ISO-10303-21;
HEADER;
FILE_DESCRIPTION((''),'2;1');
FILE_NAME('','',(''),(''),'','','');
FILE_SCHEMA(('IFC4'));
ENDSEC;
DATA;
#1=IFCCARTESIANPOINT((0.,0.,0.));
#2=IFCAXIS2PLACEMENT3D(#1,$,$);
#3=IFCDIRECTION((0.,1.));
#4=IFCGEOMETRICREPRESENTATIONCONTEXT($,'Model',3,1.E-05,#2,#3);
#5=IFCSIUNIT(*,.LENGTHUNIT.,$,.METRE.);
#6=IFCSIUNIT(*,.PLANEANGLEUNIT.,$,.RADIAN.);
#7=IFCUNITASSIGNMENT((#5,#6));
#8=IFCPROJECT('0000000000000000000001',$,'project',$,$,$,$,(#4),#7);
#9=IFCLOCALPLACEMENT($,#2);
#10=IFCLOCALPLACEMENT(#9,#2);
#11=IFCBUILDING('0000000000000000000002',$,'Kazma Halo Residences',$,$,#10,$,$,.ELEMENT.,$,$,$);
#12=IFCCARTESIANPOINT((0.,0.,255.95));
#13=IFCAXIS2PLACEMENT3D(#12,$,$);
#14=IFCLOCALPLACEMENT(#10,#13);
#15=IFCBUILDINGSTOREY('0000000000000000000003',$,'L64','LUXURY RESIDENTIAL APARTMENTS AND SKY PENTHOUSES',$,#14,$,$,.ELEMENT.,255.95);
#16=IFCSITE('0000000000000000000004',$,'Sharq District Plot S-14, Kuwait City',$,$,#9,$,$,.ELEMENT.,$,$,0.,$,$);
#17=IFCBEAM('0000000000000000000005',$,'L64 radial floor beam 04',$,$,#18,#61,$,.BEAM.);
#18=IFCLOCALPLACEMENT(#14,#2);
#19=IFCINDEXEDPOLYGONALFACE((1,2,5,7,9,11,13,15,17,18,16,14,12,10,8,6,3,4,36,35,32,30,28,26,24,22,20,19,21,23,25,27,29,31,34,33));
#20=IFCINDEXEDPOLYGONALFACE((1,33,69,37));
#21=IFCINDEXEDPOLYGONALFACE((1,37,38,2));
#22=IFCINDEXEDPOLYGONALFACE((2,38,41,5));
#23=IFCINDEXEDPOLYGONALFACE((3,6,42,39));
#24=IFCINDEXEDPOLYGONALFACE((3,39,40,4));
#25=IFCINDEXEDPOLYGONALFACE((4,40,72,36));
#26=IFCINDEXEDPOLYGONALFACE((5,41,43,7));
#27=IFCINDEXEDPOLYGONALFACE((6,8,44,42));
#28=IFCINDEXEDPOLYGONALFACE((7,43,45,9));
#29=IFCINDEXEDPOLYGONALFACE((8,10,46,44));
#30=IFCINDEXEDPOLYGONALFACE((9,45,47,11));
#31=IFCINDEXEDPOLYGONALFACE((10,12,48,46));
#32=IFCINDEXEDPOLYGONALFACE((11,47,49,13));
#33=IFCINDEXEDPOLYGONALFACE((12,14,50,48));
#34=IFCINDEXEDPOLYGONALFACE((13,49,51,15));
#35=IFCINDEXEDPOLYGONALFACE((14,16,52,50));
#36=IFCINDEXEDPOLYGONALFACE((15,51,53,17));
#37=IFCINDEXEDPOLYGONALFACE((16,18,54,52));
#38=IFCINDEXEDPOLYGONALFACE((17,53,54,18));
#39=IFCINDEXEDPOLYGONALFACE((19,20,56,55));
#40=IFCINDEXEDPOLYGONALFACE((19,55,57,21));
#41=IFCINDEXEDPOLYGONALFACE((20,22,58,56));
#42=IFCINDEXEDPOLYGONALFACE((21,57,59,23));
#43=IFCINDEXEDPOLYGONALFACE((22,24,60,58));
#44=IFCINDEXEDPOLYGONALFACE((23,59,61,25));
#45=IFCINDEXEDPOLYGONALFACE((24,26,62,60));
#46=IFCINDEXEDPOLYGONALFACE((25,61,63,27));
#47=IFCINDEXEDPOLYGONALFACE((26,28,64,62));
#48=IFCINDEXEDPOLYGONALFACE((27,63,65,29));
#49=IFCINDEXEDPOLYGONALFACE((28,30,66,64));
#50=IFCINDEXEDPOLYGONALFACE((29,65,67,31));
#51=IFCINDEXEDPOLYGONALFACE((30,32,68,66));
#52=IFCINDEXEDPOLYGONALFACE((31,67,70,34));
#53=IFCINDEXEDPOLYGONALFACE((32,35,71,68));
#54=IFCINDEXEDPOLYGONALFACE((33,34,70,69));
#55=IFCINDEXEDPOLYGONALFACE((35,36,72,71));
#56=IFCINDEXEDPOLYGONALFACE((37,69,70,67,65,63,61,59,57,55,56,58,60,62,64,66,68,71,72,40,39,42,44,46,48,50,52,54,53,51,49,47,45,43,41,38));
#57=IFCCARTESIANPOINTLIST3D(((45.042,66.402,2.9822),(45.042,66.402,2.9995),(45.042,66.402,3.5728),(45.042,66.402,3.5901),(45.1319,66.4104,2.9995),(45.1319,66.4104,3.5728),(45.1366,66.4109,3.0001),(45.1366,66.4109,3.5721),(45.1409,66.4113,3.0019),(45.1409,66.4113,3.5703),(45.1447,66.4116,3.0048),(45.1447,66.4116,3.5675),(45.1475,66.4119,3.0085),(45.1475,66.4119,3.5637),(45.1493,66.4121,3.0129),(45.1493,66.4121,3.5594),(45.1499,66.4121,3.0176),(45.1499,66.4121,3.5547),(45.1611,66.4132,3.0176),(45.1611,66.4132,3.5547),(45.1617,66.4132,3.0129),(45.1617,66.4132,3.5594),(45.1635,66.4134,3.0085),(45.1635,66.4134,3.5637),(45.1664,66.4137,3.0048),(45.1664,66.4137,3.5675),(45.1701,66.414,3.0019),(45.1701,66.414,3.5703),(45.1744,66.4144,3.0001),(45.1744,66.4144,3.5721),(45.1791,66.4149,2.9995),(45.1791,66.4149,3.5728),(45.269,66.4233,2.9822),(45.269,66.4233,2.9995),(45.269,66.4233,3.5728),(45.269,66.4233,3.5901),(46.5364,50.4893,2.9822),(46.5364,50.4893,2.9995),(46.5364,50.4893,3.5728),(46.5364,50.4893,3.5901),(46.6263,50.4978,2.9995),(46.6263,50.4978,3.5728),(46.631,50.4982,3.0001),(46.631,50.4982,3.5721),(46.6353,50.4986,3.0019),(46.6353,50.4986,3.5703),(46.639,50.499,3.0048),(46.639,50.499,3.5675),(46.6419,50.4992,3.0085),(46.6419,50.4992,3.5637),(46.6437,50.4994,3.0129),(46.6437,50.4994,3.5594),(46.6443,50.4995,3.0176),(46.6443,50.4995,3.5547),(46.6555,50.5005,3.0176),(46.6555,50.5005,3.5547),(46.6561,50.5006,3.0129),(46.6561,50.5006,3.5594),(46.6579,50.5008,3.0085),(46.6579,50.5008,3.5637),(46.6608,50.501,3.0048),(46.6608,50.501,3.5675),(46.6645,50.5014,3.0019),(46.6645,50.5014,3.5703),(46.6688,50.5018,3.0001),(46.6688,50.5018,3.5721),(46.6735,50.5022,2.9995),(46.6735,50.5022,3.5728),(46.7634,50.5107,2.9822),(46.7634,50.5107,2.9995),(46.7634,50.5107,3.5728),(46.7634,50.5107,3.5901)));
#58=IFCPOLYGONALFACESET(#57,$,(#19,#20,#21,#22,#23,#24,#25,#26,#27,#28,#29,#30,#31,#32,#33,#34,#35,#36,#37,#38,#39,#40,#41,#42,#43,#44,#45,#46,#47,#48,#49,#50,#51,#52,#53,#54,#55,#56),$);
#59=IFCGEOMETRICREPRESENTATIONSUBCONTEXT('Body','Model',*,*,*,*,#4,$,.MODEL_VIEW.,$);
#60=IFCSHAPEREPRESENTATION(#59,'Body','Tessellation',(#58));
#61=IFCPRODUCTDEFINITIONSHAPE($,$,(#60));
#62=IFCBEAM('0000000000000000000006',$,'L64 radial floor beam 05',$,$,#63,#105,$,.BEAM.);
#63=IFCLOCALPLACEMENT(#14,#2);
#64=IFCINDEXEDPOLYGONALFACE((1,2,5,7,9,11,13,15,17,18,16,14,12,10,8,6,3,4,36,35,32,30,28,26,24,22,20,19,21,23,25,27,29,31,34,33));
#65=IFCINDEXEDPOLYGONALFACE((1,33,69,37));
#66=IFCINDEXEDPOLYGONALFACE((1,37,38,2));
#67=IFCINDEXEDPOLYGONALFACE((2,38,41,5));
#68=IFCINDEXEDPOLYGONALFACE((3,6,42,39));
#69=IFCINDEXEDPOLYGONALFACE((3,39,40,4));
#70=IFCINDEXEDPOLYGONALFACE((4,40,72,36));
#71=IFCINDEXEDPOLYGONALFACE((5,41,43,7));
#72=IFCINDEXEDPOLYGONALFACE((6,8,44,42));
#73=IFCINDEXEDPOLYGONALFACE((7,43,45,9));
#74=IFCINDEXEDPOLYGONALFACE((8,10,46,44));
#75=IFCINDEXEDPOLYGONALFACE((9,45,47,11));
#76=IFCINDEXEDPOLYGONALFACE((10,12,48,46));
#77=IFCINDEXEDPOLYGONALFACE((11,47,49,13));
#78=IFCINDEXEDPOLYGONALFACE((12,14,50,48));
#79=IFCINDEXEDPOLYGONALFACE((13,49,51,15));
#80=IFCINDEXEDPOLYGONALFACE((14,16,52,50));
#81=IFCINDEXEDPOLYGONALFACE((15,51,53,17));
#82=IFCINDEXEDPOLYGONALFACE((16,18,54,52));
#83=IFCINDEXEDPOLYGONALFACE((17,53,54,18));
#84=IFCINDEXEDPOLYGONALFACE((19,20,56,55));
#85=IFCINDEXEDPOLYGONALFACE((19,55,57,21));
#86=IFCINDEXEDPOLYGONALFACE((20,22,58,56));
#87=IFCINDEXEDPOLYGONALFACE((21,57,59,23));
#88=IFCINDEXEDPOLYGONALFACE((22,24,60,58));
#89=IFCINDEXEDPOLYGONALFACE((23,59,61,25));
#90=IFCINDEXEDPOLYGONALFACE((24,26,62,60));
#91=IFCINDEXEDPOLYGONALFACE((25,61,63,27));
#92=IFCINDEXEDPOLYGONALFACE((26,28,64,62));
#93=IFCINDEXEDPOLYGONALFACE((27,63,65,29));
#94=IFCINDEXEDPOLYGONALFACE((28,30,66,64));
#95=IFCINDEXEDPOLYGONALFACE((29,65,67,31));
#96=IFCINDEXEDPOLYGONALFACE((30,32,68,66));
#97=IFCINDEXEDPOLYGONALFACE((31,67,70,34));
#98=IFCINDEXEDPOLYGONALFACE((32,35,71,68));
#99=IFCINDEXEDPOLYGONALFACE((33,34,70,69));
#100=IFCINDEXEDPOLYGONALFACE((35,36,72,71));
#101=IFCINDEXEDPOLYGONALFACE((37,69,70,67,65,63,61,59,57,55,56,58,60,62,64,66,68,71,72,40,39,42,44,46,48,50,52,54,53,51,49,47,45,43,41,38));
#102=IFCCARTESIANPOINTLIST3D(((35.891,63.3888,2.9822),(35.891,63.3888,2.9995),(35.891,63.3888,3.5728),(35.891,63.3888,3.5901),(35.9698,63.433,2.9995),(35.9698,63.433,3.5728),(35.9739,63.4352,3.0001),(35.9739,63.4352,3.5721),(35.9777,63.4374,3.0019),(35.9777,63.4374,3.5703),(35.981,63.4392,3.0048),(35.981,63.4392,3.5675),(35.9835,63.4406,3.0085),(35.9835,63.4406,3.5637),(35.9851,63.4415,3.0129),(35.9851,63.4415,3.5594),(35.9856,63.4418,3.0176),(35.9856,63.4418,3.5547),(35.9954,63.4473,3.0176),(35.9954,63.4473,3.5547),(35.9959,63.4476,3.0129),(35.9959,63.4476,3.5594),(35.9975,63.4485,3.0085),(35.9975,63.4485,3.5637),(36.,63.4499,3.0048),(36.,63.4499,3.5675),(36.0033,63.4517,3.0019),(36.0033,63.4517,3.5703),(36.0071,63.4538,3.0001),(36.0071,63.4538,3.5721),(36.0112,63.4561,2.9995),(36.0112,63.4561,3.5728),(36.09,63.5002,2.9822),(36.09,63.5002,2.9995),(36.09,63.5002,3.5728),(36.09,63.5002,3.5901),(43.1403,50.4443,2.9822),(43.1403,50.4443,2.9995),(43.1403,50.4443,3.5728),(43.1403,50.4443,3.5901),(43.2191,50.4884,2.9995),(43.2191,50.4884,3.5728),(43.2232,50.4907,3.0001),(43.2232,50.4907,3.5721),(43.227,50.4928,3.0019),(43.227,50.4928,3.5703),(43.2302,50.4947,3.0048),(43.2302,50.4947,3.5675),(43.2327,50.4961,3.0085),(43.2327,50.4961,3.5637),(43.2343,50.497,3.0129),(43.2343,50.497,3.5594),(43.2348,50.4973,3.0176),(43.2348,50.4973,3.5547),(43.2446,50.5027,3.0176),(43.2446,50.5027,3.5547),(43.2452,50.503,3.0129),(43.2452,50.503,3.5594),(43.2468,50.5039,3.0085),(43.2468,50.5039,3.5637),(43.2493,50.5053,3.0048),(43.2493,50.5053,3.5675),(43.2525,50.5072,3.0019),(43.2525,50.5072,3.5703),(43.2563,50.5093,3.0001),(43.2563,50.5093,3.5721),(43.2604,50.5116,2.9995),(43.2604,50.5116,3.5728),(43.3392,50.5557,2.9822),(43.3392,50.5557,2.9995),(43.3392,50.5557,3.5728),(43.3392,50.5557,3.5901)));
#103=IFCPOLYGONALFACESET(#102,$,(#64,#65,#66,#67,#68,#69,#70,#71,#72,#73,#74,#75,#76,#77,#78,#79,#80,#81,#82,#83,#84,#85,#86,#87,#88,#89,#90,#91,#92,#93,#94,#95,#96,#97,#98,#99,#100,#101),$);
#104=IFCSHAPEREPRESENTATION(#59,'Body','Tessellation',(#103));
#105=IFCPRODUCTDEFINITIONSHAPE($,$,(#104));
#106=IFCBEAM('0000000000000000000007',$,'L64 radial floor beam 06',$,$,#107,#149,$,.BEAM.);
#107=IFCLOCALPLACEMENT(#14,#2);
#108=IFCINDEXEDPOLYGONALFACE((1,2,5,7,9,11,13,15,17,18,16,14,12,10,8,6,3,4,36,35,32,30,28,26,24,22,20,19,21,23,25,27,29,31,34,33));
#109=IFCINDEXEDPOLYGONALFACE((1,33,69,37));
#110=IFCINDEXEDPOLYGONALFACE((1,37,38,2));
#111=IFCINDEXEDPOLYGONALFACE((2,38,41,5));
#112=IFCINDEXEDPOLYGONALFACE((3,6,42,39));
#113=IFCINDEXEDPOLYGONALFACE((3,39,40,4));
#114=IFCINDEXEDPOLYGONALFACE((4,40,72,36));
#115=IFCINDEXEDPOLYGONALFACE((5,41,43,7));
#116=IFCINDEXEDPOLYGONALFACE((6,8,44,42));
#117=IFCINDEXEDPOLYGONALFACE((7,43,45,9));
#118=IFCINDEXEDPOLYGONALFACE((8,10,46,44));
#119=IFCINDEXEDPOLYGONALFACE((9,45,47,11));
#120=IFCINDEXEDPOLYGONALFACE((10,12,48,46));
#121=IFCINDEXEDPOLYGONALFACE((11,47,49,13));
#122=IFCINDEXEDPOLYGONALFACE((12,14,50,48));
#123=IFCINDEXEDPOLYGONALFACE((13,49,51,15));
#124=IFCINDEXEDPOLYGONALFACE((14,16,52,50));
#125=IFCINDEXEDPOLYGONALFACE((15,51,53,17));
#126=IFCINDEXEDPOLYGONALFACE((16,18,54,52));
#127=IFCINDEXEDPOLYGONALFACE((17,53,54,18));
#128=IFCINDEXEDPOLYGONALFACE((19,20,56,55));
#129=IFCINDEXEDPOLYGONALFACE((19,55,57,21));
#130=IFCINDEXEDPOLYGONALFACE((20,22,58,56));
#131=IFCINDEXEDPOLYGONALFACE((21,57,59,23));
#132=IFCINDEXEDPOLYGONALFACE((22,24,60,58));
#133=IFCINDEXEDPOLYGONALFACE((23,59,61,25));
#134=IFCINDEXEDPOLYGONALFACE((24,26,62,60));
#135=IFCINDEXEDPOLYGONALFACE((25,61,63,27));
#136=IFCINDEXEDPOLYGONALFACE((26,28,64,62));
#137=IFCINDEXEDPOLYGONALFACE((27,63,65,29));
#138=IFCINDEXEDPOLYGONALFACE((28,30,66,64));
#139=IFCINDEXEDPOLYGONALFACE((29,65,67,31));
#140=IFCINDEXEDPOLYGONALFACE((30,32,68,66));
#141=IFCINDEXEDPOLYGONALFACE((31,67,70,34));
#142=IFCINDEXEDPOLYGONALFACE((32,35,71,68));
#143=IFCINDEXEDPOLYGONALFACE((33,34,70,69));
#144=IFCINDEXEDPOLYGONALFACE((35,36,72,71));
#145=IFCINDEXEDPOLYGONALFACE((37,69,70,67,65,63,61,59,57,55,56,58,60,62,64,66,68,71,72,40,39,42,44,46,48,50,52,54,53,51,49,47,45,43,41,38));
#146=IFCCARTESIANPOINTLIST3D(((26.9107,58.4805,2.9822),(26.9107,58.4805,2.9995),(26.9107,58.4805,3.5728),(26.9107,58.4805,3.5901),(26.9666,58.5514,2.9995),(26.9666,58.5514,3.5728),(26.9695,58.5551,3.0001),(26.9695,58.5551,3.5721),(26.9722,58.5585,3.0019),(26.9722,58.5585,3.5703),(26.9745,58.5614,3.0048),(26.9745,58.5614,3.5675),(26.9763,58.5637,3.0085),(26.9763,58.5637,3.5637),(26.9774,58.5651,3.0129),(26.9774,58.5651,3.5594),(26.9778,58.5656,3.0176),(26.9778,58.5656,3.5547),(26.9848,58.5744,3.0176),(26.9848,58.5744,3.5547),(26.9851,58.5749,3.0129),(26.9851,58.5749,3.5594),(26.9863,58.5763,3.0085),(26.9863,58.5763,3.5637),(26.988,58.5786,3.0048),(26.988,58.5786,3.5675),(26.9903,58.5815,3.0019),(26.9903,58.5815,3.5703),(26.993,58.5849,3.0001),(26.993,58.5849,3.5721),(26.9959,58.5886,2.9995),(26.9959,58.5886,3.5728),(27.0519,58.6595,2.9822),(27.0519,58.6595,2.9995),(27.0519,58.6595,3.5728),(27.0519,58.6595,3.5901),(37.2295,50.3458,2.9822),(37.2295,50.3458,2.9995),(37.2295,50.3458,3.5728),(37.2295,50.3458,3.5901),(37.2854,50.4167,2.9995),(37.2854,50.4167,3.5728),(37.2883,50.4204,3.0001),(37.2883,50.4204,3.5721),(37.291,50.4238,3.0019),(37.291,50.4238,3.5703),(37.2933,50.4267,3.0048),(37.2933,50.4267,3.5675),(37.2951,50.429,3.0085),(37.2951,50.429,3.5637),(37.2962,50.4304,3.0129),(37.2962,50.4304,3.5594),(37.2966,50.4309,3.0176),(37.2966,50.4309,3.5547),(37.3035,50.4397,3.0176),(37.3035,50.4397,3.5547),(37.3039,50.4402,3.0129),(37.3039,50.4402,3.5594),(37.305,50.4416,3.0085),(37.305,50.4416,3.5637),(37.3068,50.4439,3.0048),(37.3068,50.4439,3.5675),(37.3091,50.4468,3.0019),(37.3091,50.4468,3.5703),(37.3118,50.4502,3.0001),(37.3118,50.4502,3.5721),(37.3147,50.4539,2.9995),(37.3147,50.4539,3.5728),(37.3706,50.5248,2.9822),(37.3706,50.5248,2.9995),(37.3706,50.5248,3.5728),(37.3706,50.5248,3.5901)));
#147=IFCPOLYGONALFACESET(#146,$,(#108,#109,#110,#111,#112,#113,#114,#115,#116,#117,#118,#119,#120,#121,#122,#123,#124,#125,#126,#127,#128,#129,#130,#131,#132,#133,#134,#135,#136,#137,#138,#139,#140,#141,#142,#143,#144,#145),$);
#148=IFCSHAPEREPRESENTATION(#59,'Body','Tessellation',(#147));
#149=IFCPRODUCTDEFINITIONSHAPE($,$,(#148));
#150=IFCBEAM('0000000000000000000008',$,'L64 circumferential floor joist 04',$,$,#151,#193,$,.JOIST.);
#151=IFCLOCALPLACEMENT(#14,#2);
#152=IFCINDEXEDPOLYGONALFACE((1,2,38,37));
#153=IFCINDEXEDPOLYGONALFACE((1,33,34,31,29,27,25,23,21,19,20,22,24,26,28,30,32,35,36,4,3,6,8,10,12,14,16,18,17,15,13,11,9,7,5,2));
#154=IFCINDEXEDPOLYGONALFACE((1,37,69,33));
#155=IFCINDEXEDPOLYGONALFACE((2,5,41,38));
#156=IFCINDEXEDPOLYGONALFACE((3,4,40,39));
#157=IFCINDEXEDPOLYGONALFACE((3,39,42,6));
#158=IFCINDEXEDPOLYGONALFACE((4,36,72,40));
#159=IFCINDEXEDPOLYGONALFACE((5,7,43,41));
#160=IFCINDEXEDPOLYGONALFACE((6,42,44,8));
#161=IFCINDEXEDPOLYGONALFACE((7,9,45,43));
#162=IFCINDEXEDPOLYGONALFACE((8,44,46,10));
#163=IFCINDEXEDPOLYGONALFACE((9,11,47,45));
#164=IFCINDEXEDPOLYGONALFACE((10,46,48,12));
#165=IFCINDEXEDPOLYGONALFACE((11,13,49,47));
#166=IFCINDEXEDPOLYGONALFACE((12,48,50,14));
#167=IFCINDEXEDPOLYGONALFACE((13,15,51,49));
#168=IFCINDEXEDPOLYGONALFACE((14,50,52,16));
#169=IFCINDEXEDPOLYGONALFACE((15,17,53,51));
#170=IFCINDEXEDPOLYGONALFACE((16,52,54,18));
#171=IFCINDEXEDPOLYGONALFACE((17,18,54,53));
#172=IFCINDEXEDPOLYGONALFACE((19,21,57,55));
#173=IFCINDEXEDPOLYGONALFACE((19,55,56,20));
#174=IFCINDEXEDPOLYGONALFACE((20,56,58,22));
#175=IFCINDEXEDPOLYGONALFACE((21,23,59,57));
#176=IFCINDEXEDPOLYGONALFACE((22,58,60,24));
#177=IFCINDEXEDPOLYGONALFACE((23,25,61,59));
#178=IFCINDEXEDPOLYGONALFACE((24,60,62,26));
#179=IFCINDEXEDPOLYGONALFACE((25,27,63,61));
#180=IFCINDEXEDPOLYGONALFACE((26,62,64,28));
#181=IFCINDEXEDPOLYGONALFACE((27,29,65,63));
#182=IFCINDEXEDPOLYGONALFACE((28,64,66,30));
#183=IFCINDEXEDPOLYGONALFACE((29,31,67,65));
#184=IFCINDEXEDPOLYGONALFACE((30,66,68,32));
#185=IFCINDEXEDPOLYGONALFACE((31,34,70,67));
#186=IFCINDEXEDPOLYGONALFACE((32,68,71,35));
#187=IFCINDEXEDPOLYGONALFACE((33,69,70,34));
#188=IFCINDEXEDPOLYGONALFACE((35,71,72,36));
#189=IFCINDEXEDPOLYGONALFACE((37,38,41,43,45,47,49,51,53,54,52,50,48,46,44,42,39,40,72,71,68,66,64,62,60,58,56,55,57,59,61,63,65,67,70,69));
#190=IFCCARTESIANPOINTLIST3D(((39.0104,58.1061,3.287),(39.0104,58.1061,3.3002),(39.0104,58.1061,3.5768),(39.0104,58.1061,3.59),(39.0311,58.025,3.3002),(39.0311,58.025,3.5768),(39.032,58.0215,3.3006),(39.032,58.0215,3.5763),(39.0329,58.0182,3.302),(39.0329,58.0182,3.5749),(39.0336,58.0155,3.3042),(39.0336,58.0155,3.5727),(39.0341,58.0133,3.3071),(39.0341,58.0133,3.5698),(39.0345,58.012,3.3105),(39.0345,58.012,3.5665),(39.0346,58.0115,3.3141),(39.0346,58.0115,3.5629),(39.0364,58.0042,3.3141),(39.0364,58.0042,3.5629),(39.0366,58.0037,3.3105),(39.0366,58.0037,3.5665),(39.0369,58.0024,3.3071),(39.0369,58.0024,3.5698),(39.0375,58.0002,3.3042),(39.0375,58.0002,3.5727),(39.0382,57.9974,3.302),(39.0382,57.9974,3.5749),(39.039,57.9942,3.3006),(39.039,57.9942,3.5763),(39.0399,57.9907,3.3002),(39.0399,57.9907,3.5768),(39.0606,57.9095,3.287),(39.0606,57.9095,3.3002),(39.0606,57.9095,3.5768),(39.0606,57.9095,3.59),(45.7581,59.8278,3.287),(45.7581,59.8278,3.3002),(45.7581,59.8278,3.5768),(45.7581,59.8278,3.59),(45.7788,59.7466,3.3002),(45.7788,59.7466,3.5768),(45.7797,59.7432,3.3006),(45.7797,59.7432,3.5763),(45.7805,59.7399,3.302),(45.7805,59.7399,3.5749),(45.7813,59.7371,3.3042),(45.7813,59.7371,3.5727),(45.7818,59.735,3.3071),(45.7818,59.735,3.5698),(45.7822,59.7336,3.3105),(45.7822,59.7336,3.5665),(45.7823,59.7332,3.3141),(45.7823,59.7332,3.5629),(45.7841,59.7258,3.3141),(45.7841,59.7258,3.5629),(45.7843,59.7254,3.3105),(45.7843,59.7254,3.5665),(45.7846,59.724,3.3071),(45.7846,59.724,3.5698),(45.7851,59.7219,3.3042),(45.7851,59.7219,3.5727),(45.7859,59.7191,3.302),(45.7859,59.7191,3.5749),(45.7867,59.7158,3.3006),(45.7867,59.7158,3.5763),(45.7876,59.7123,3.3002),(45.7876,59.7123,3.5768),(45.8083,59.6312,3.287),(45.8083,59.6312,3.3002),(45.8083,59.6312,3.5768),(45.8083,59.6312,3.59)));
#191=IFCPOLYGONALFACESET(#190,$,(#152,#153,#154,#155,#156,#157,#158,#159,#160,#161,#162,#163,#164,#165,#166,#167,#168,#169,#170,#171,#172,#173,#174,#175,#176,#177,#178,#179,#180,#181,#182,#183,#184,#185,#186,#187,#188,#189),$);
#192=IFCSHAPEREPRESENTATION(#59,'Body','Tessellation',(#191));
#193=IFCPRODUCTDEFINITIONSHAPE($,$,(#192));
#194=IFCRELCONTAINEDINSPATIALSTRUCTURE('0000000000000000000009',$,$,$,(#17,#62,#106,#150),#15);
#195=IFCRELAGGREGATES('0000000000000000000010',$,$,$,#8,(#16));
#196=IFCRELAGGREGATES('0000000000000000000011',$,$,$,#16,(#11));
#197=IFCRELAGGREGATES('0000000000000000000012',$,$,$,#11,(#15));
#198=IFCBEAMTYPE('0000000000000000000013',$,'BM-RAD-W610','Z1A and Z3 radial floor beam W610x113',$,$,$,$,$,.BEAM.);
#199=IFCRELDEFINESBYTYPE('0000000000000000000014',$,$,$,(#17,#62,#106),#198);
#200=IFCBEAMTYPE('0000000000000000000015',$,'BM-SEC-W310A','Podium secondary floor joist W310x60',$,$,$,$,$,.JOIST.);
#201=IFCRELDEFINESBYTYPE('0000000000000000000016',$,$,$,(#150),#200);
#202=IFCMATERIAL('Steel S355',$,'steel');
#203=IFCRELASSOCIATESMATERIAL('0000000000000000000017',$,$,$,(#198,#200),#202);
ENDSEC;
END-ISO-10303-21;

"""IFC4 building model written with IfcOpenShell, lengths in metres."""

from ifc_helpers import new_model, si_unit, direction, frame, origin, origin_2d, place, context, subcontext, project, spatial, i_section, extrude, material, material_profile, profile_set, type_object, element, save


model = new_model("IFC4")

# Units and contexts
model_context = context("Model", 3, precision=1e-05, world=origin(), true_north=direction((0.0, 1.0)))
body_context = subcontext(model_context, "Body", "Model", "MODEL_VIEW")
ifc_project = project(units=[si_unit("LENGTHUNIT", "METRE"), si_unit("PLANEANGLEUNIT", "RADIAN")], contexts=[model_context])

# Site, building, storey
site_placement = place(None, origin())
site = spatial("IfcSite", under=ifc_project, at=site_placement, Name="Sharq District Plot S-14, Kuwait City", CompositionType="ELEMENT", RefElevation=0.0)
building_placement = place(site_placement, origin())
building = spatial("IfcBuilding", under=site, at=building_placement, Name="Kazma Halo Residences", CompositionType="ELEMENT")
storey_placement = place(building_placement, frame((0.0, 0.0, 255.95)))
storey = spatial("IfcBuildingStorey", under=building, at=storey_placement, Name="L64", Description="LUXURY RESIDENTIAL APARTMENTS AND SKY PENTHOUSES", CompositionType="ELEMENT", Elevation=255.95)

# Beams
ifc_material_1 = material(Name="Steel S355", Category="steel")
ifc_material_profile_1 = material_profile(ifc_material_1, i_section(OverallWidth=0.228, OverallDepth=0.6079, WebThickness=0.0112, FlangeThickness=0.0173, FilletRadius=0.0181, at=origin_2d()), Name="W610x113")
ifc_profile_set_1 = profile_set([ifc_material_profile_1], Name="Steel S355")
beam_type_1 = type_object("IfcBeamType", Name="BM-RAD-W610", Description="Z1A and Z3 radial floor beam W610x113", PredefinedType="BEAM", material=ifc_profile_set_1)
beam_1_placement = place(storey_placement, frame((46.6499, 50.5, 3.2861), z_axis=(-0.093501, 0.995619, 0.0), x_axis=(-0.995619, -0.093501, 0.0)))
element("IfcBeam", 1, at=beam_1_placement, inside=storey, type_object=beam_type_1, Name="L64 radial floor beam 04", PredefinedType="BEAM", context=body_context, shape_type="SweptSolid", body=[
    extrude(i_section(OverallWidth=0.228, OverallDepth=0.6079, WebThickness=0.0112, FlangeThickness=0.0173, FilletRadius=0.0181, at=origin_2d()), origin(), (0.0, 0.0, 1.0), 15.9827),
])
beam_2_placement = place(storey_placement, frame((43.2397, 50.5, 3.2861), z_axis=(-0.488619, 0.872497, 0.0), x_axis=(-0.872497, -0.488619, 0.0)))
element("IfcBeam", 2, at=beam_2_placement, inside=storey, type_object=beam_type_1, Name="L64 radial floor beam 05", PredefinedType="BEAM", context=body_context, shape_type="SweptSolid", body=[
    extrude(i_section(OverallWidth=0.228, OverallDepth=0.6079, WebThickness=0.0112, FlangeThickness=0.0173, FilletRadius=0.0181, at=origin_2d()), origin(), (0.0, 0.0, 1.0), 14.8362),
])
beam_3_placement = place(storey_placement, frame((37.3, 50.4353, 3.2861), z_axis=(-0.785315, 0.619096, 0.0), x_axis=(-0.619096, -0.785315, 0.0)))
element("IfcBeam", 3, at=beam_3_placement, inside=storey, type_object=beam_type_1, Name="L64 radial floor beam 06", PredefinedType="BEAM", context=body_context, shape_type="SweptSolid", body=[
    extrude(i_section(OverallWidth=0.228, OverallDepth=0.6079, WebThickness=0.0112, FlangeThickness=0.0173, FilletRadius=0.0181, at=origin_2d()), origin(), (0.0, 0.0, 1.0), 13.1396),
])
ifc_material_profile_2 = material_profile(ifc_material_1, i_section(OverallWidth=0.2029, OverallDepth=0.303, WebThickness=0.0076, FlangeThickness=0.0132, FilletRadius=0.0139, at=origin_2d()), Name="W310x60")
ifc_profile_set_2 = profile_set([ifc_material_profile_2], Name="Steel S355")
beam_type_2 = type_object("IfcBeamType", Name="BM-SEC-W310A", Description="Podium secondary floor joist W310x60", PredefinedType="JOIST", material=ifc_profile_set_2)
beam_4_placement = place(storey_placement, frame((45.7832, 59.7295, 3.4385), z_axis=(-0.968958, -0.247226, 0.0), x_axis=(0.247226, -0.968958, 0.0)))
element("IfcBeam", 4, at=beam_4_placement, inside=storey, type_object=beam_type_2, Name="L64 circumferential floor joist 04", PredefinedType="JOIST", context=body_context, shape_type="SweptSolid", body=[
    extrude(i_section(OverallWidth=0.2029, OverallDepth=0.303, WebThickness=0.0076, FlangeThickness=0.0132, FilletRadius=0.0139, at=origin_2d()), origin(), (0.0, 0.0, 1.0), 6.9639),
])

save(model, "model.ifc")
